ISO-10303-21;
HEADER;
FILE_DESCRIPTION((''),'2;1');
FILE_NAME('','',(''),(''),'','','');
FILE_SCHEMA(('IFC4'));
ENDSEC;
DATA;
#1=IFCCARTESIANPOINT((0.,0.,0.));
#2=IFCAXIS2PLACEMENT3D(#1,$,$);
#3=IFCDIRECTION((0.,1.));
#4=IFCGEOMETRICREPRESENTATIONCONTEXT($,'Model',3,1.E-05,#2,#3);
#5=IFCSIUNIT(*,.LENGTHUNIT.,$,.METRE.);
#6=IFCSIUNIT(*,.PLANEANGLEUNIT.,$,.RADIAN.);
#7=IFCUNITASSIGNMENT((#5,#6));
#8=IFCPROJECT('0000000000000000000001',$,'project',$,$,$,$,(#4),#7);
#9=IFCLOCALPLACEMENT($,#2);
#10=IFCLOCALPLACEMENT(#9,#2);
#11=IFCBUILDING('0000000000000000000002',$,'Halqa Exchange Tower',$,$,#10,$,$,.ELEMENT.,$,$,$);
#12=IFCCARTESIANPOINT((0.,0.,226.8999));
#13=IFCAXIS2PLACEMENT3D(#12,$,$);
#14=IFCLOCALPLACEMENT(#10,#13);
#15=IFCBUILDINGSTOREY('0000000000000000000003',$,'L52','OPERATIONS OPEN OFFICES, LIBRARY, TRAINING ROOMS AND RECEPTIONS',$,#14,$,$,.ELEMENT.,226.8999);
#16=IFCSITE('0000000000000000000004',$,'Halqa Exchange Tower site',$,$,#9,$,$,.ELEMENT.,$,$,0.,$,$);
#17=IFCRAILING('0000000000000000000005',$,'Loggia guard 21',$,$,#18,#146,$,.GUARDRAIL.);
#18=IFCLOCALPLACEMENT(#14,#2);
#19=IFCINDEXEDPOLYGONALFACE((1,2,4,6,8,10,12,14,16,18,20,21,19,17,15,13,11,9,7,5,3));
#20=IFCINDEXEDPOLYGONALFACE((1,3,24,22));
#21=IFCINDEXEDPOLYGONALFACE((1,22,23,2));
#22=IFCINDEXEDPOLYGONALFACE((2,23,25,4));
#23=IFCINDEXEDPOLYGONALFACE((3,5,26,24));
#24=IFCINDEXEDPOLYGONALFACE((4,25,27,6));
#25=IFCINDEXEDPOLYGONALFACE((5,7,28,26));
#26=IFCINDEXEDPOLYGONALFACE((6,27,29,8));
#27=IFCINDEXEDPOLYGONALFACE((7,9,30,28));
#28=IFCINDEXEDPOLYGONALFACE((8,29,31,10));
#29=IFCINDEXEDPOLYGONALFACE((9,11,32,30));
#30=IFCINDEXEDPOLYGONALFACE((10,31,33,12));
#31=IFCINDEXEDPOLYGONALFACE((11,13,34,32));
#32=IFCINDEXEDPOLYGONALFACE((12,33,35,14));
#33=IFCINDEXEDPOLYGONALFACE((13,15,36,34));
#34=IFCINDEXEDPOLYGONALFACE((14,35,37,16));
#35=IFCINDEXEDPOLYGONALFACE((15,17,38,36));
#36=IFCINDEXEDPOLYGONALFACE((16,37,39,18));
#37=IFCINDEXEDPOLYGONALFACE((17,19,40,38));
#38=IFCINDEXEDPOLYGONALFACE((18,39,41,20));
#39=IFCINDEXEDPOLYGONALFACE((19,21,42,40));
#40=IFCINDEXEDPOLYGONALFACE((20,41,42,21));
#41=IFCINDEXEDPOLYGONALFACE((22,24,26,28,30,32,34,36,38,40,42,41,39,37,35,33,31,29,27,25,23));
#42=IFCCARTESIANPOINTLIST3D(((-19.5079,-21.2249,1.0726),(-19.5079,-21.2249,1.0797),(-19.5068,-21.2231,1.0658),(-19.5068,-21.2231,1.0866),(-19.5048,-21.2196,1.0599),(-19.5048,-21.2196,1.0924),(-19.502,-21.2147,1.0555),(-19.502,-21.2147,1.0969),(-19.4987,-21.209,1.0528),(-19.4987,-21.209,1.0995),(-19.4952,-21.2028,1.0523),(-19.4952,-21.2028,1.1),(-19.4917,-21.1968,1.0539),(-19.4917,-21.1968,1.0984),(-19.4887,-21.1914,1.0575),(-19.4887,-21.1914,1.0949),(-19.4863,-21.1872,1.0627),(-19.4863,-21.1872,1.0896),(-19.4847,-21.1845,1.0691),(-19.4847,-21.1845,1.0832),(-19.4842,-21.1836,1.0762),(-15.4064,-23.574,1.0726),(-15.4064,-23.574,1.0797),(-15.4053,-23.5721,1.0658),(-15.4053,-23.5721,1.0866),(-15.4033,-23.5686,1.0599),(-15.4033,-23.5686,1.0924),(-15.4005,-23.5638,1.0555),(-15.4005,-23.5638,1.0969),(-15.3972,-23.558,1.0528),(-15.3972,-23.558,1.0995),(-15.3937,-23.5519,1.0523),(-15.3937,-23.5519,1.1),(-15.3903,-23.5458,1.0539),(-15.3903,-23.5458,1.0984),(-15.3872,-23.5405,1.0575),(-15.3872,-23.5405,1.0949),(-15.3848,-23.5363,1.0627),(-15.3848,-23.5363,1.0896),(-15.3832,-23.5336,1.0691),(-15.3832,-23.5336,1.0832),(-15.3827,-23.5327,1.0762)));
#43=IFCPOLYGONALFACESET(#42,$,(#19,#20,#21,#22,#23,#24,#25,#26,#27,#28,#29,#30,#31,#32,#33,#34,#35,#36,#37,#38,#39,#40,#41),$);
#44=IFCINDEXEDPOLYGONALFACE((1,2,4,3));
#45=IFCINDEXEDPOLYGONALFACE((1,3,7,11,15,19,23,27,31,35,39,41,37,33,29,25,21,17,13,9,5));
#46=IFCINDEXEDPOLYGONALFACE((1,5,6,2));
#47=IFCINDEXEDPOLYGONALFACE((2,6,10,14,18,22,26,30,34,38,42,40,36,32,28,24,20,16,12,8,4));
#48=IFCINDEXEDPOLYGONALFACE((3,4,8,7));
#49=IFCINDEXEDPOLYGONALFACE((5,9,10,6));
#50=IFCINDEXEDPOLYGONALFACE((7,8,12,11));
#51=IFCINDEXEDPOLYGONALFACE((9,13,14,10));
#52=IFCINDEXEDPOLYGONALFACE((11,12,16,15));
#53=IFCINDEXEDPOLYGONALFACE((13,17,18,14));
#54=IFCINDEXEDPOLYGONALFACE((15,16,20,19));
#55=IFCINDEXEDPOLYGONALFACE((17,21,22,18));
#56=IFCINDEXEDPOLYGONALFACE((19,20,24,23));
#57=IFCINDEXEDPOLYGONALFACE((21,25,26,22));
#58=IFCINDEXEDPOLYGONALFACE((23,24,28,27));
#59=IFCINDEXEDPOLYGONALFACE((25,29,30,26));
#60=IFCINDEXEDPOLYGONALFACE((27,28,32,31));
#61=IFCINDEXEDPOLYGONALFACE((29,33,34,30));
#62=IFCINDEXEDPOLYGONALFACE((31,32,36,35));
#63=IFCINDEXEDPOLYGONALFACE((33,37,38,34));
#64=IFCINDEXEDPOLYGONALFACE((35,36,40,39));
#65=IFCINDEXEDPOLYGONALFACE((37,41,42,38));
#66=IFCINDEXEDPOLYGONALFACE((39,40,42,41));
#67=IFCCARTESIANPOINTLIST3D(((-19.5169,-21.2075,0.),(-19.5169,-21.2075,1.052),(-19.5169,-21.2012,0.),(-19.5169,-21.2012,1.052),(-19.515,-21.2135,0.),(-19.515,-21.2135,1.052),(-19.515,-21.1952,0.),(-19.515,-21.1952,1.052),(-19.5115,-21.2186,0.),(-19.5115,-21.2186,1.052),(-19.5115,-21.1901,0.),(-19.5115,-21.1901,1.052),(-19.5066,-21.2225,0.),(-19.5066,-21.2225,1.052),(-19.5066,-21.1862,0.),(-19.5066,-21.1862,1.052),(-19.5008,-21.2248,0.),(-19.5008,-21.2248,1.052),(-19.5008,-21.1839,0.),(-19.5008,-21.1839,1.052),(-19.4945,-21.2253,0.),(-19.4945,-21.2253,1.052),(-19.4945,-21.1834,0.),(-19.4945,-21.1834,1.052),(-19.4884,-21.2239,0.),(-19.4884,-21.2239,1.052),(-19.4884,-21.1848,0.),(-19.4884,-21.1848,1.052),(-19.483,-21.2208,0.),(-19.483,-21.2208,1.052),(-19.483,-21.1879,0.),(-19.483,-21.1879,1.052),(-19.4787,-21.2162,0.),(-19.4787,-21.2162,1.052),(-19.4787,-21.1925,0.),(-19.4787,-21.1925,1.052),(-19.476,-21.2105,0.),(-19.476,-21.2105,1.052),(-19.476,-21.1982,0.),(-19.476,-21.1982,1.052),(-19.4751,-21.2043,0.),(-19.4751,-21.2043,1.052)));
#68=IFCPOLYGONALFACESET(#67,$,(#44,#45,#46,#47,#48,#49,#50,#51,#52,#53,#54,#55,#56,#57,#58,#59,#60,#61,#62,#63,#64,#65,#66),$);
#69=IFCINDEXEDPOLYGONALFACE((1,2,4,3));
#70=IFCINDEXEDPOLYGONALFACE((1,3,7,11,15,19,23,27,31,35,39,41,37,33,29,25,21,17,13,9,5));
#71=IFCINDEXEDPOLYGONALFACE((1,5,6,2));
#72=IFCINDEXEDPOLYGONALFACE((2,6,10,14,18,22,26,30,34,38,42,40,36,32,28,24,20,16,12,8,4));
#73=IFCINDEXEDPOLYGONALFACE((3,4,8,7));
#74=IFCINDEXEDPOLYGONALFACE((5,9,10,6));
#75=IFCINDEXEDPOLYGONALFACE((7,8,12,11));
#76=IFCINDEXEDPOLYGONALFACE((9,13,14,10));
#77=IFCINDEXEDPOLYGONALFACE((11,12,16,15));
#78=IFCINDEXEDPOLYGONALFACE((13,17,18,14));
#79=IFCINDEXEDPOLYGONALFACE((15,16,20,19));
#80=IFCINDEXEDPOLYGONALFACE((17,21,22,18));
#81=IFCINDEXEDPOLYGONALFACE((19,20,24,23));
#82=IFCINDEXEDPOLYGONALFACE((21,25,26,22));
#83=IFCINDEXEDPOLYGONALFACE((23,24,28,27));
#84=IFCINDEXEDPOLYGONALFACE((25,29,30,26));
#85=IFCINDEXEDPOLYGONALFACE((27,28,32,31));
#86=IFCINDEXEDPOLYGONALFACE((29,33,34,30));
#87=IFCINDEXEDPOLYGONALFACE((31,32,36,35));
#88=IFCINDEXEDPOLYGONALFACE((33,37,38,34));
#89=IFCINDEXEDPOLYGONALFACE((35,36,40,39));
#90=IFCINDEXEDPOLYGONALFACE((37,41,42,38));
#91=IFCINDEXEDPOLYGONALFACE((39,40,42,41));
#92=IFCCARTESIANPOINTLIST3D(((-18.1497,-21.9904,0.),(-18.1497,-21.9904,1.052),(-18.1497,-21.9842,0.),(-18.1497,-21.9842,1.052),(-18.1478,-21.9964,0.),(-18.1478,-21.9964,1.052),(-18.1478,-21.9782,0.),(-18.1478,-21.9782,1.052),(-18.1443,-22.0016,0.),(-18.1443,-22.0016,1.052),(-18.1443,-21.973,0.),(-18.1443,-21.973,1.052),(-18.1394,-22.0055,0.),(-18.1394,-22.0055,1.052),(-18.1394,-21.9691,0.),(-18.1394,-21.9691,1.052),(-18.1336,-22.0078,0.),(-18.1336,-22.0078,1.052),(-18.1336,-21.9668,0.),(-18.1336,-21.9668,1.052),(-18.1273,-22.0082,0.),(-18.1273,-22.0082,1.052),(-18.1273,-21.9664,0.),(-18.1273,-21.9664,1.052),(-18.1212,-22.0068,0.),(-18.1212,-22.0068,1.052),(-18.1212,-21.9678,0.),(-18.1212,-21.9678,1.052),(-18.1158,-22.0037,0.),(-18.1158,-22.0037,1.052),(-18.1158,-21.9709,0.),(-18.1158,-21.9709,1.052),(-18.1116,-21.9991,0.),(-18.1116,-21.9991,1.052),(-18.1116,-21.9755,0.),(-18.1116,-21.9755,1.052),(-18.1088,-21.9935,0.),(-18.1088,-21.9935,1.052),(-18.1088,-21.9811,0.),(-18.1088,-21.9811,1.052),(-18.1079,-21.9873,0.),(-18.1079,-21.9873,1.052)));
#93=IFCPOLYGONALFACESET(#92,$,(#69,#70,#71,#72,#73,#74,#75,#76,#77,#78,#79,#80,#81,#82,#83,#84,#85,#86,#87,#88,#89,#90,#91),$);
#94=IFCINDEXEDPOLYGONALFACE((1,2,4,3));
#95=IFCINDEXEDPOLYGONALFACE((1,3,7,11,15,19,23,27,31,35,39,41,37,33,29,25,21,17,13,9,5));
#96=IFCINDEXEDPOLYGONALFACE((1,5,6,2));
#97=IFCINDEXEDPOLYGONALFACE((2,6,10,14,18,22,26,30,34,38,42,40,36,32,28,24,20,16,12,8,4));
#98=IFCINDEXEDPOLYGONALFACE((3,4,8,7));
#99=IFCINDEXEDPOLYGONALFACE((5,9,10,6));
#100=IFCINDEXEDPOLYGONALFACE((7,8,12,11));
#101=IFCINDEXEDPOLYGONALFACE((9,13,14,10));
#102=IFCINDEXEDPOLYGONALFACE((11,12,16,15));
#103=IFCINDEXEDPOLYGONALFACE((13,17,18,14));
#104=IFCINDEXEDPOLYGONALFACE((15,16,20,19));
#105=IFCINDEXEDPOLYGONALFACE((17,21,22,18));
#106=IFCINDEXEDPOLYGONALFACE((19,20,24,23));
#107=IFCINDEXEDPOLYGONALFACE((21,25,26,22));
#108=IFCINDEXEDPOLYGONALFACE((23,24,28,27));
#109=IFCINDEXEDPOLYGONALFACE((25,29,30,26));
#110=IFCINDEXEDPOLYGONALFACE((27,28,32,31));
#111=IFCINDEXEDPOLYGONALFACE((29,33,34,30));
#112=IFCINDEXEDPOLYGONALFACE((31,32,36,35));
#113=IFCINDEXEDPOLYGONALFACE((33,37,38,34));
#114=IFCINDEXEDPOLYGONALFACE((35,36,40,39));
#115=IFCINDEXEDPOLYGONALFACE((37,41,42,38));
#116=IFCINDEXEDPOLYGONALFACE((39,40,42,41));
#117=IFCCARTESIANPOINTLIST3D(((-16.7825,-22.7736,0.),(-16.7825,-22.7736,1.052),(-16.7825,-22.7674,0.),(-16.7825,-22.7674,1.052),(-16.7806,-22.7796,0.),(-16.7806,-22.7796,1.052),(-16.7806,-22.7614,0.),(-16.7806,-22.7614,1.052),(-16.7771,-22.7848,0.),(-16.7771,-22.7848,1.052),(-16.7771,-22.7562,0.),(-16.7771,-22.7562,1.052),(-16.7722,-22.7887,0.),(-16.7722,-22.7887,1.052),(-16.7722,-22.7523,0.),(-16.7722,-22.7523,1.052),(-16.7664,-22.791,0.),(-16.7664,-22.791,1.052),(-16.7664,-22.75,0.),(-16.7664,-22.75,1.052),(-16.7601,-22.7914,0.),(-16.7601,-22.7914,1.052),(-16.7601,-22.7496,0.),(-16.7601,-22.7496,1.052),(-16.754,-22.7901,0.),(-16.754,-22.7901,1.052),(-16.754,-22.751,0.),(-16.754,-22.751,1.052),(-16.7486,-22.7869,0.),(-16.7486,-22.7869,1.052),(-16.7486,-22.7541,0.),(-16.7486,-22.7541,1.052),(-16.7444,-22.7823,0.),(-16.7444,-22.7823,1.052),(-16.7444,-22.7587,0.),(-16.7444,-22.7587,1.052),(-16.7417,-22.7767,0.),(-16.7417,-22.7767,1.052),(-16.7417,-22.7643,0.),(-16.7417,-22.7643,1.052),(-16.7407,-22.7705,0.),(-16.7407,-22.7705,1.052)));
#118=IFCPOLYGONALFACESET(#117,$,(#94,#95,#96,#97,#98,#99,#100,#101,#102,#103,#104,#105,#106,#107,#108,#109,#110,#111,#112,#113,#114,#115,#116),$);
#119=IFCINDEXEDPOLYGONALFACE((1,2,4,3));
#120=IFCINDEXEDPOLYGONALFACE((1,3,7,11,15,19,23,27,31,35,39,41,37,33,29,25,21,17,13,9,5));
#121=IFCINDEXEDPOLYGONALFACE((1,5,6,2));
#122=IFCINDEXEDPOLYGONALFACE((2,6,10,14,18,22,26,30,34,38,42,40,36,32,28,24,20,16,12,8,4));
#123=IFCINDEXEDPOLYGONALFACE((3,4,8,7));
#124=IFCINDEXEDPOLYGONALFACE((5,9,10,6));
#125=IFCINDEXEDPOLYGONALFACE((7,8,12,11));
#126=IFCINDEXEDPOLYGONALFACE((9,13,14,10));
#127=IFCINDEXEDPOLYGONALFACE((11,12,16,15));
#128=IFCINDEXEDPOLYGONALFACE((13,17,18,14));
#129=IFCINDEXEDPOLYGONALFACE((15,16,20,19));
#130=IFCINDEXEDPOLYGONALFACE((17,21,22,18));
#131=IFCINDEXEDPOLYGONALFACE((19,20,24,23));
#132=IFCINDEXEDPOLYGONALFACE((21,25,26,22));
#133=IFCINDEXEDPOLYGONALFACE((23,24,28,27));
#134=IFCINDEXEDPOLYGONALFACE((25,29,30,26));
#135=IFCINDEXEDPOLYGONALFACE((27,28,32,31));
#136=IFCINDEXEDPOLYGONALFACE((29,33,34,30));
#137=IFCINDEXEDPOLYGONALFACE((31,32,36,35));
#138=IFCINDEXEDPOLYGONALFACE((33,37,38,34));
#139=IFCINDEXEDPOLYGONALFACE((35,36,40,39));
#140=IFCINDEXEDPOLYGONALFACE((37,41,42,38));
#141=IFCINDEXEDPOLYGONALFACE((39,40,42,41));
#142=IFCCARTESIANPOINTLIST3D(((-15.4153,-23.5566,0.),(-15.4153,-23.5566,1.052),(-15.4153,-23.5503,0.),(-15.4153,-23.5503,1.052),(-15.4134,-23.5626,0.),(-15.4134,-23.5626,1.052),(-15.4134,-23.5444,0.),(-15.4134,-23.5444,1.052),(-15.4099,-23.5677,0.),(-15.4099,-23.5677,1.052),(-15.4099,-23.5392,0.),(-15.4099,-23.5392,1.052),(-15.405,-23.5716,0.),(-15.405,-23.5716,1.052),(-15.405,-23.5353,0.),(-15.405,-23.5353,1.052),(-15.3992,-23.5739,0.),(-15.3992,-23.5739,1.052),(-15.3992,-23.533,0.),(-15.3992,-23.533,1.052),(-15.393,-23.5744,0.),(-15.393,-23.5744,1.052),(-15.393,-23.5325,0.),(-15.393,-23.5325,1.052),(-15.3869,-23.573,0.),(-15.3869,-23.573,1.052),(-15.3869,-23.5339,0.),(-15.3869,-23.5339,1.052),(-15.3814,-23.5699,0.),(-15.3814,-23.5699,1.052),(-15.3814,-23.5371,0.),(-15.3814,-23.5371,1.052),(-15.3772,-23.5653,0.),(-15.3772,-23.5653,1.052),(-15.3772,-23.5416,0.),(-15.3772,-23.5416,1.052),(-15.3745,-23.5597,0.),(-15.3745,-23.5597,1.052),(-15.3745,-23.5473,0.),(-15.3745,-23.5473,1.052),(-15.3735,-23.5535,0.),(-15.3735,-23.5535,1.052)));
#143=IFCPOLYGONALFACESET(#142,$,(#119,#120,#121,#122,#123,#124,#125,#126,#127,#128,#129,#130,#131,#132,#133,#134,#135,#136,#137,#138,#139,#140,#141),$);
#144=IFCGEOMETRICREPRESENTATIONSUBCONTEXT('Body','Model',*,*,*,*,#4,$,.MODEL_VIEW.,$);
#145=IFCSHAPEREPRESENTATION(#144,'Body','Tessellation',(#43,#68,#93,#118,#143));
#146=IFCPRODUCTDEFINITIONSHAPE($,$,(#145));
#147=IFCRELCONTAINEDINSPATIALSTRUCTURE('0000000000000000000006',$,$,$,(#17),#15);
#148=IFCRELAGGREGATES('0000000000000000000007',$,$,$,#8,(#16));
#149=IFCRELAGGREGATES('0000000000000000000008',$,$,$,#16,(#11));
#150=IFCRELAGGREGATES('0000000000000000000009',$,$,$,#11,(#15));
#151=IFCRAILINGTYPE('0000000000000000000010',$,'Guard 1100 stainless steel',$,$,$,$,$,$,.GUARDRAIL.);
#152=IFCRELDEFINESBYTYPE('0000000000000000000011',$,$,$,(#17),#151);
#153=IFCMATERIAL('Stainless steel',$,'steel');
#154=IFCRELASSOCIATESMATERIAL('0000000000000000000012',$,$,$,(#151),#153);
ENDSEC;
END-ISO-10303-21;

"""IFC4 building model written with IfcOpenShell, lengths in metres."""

from ifc_helpers import new_model, si_unit, direction, frame, origin, origin_2d, place, context, subcontext, project, spatial, circle, extrude, material, type_object, element, save


model = new_model("IFC4")

# Units and contexts
model_context = context("Model", 3, precision=1e-05, world=origin(), true_north=direction((0.0, 1.0)))
body_context = subcontext(model_context, "Body", "Model", "MODEL_VIEW")
ifc_project = project(units=[si_unit("LENGTHUNIT", "METRE"), si_unit("PLANEANGLEUNIT", "RADIAN")], contexts=[model_context])

# Site, building, storey
site_placement = place(None, origin())
site = spatial("IfcSite", under=ifc_project, at=site_placement, Name="Halqa Exchange Tower site", CompositionType="ELEMENT", RefElevation=0.0)
building_placement = place(site_placement, origin())
building = spatial("IfcBuilding", under=site, at=building_placement, Name="Halqa Exchange Tower", CompositionType="ELEMENT")
storey_placement = place(building_placement, frame((0.0, 0.0, 226.8999)))
storey = spatial("IfcBuildingStorey", under=building, at=storey_placement, Name="L52", Description="OPERATIONS OPEN OFFICES, LIBRARY, TRAINING ROOMS AND RECEPTIONS", CompositionType="ELEMENT", Elevation=226.8999)

# Railing
ifc_material_1 = material(Name="Stainless steel", Category="steel")
railing_type = type_object("IfcRailingType", Name="Guard 1100 stainless steel", PredefinedType="GUARDRAIL", material=ifc_material_1)
railing_1_placement = place(storey_placement, frame((-19.4961, -21.2043, 0.0)))
element("IfcRailing", 1, at=railing_1_placement, inside=storey, type_object=railing_type, Name="Loggia guard 21", PredefinedType="GUARDRAIL", context=body_context, shape_type="SweptSolid", body=[
    extrude(circle(Radius=0.0239, at=origin_2d()), frame((0.0, 0.0, 1.0762), z_axis=(0.867753, -0.496995, 0.0), x_axis=(0.496995, 0.867753, 0.0)), (0.0, 0.0, 1.0), 4.7266),
    extrude(circle(Radius=0.021, at=origin_2d()), origin(), (0.0, 0.0, 1.0), 1.052),
    extrude(circle(Radius=0.021, at=origin_2d()), frame((1.3672, -0.783, 0.0)), (0.0, 0.0, 1.0), 1.052),
    extrude(circle(Radius=0.021, at=origin_2d()), frame((2.7344, -1.5662, 0.0)), (0.0, 0.0, 1.0), 1.052),
    extrude(circle(Radius=0.021, at=origin_2d()), frame((4.1016, -2.3491, 0.0)), (0.0, 0.0, 1.0), 1.052),
])

save(model, "model.ifc")
